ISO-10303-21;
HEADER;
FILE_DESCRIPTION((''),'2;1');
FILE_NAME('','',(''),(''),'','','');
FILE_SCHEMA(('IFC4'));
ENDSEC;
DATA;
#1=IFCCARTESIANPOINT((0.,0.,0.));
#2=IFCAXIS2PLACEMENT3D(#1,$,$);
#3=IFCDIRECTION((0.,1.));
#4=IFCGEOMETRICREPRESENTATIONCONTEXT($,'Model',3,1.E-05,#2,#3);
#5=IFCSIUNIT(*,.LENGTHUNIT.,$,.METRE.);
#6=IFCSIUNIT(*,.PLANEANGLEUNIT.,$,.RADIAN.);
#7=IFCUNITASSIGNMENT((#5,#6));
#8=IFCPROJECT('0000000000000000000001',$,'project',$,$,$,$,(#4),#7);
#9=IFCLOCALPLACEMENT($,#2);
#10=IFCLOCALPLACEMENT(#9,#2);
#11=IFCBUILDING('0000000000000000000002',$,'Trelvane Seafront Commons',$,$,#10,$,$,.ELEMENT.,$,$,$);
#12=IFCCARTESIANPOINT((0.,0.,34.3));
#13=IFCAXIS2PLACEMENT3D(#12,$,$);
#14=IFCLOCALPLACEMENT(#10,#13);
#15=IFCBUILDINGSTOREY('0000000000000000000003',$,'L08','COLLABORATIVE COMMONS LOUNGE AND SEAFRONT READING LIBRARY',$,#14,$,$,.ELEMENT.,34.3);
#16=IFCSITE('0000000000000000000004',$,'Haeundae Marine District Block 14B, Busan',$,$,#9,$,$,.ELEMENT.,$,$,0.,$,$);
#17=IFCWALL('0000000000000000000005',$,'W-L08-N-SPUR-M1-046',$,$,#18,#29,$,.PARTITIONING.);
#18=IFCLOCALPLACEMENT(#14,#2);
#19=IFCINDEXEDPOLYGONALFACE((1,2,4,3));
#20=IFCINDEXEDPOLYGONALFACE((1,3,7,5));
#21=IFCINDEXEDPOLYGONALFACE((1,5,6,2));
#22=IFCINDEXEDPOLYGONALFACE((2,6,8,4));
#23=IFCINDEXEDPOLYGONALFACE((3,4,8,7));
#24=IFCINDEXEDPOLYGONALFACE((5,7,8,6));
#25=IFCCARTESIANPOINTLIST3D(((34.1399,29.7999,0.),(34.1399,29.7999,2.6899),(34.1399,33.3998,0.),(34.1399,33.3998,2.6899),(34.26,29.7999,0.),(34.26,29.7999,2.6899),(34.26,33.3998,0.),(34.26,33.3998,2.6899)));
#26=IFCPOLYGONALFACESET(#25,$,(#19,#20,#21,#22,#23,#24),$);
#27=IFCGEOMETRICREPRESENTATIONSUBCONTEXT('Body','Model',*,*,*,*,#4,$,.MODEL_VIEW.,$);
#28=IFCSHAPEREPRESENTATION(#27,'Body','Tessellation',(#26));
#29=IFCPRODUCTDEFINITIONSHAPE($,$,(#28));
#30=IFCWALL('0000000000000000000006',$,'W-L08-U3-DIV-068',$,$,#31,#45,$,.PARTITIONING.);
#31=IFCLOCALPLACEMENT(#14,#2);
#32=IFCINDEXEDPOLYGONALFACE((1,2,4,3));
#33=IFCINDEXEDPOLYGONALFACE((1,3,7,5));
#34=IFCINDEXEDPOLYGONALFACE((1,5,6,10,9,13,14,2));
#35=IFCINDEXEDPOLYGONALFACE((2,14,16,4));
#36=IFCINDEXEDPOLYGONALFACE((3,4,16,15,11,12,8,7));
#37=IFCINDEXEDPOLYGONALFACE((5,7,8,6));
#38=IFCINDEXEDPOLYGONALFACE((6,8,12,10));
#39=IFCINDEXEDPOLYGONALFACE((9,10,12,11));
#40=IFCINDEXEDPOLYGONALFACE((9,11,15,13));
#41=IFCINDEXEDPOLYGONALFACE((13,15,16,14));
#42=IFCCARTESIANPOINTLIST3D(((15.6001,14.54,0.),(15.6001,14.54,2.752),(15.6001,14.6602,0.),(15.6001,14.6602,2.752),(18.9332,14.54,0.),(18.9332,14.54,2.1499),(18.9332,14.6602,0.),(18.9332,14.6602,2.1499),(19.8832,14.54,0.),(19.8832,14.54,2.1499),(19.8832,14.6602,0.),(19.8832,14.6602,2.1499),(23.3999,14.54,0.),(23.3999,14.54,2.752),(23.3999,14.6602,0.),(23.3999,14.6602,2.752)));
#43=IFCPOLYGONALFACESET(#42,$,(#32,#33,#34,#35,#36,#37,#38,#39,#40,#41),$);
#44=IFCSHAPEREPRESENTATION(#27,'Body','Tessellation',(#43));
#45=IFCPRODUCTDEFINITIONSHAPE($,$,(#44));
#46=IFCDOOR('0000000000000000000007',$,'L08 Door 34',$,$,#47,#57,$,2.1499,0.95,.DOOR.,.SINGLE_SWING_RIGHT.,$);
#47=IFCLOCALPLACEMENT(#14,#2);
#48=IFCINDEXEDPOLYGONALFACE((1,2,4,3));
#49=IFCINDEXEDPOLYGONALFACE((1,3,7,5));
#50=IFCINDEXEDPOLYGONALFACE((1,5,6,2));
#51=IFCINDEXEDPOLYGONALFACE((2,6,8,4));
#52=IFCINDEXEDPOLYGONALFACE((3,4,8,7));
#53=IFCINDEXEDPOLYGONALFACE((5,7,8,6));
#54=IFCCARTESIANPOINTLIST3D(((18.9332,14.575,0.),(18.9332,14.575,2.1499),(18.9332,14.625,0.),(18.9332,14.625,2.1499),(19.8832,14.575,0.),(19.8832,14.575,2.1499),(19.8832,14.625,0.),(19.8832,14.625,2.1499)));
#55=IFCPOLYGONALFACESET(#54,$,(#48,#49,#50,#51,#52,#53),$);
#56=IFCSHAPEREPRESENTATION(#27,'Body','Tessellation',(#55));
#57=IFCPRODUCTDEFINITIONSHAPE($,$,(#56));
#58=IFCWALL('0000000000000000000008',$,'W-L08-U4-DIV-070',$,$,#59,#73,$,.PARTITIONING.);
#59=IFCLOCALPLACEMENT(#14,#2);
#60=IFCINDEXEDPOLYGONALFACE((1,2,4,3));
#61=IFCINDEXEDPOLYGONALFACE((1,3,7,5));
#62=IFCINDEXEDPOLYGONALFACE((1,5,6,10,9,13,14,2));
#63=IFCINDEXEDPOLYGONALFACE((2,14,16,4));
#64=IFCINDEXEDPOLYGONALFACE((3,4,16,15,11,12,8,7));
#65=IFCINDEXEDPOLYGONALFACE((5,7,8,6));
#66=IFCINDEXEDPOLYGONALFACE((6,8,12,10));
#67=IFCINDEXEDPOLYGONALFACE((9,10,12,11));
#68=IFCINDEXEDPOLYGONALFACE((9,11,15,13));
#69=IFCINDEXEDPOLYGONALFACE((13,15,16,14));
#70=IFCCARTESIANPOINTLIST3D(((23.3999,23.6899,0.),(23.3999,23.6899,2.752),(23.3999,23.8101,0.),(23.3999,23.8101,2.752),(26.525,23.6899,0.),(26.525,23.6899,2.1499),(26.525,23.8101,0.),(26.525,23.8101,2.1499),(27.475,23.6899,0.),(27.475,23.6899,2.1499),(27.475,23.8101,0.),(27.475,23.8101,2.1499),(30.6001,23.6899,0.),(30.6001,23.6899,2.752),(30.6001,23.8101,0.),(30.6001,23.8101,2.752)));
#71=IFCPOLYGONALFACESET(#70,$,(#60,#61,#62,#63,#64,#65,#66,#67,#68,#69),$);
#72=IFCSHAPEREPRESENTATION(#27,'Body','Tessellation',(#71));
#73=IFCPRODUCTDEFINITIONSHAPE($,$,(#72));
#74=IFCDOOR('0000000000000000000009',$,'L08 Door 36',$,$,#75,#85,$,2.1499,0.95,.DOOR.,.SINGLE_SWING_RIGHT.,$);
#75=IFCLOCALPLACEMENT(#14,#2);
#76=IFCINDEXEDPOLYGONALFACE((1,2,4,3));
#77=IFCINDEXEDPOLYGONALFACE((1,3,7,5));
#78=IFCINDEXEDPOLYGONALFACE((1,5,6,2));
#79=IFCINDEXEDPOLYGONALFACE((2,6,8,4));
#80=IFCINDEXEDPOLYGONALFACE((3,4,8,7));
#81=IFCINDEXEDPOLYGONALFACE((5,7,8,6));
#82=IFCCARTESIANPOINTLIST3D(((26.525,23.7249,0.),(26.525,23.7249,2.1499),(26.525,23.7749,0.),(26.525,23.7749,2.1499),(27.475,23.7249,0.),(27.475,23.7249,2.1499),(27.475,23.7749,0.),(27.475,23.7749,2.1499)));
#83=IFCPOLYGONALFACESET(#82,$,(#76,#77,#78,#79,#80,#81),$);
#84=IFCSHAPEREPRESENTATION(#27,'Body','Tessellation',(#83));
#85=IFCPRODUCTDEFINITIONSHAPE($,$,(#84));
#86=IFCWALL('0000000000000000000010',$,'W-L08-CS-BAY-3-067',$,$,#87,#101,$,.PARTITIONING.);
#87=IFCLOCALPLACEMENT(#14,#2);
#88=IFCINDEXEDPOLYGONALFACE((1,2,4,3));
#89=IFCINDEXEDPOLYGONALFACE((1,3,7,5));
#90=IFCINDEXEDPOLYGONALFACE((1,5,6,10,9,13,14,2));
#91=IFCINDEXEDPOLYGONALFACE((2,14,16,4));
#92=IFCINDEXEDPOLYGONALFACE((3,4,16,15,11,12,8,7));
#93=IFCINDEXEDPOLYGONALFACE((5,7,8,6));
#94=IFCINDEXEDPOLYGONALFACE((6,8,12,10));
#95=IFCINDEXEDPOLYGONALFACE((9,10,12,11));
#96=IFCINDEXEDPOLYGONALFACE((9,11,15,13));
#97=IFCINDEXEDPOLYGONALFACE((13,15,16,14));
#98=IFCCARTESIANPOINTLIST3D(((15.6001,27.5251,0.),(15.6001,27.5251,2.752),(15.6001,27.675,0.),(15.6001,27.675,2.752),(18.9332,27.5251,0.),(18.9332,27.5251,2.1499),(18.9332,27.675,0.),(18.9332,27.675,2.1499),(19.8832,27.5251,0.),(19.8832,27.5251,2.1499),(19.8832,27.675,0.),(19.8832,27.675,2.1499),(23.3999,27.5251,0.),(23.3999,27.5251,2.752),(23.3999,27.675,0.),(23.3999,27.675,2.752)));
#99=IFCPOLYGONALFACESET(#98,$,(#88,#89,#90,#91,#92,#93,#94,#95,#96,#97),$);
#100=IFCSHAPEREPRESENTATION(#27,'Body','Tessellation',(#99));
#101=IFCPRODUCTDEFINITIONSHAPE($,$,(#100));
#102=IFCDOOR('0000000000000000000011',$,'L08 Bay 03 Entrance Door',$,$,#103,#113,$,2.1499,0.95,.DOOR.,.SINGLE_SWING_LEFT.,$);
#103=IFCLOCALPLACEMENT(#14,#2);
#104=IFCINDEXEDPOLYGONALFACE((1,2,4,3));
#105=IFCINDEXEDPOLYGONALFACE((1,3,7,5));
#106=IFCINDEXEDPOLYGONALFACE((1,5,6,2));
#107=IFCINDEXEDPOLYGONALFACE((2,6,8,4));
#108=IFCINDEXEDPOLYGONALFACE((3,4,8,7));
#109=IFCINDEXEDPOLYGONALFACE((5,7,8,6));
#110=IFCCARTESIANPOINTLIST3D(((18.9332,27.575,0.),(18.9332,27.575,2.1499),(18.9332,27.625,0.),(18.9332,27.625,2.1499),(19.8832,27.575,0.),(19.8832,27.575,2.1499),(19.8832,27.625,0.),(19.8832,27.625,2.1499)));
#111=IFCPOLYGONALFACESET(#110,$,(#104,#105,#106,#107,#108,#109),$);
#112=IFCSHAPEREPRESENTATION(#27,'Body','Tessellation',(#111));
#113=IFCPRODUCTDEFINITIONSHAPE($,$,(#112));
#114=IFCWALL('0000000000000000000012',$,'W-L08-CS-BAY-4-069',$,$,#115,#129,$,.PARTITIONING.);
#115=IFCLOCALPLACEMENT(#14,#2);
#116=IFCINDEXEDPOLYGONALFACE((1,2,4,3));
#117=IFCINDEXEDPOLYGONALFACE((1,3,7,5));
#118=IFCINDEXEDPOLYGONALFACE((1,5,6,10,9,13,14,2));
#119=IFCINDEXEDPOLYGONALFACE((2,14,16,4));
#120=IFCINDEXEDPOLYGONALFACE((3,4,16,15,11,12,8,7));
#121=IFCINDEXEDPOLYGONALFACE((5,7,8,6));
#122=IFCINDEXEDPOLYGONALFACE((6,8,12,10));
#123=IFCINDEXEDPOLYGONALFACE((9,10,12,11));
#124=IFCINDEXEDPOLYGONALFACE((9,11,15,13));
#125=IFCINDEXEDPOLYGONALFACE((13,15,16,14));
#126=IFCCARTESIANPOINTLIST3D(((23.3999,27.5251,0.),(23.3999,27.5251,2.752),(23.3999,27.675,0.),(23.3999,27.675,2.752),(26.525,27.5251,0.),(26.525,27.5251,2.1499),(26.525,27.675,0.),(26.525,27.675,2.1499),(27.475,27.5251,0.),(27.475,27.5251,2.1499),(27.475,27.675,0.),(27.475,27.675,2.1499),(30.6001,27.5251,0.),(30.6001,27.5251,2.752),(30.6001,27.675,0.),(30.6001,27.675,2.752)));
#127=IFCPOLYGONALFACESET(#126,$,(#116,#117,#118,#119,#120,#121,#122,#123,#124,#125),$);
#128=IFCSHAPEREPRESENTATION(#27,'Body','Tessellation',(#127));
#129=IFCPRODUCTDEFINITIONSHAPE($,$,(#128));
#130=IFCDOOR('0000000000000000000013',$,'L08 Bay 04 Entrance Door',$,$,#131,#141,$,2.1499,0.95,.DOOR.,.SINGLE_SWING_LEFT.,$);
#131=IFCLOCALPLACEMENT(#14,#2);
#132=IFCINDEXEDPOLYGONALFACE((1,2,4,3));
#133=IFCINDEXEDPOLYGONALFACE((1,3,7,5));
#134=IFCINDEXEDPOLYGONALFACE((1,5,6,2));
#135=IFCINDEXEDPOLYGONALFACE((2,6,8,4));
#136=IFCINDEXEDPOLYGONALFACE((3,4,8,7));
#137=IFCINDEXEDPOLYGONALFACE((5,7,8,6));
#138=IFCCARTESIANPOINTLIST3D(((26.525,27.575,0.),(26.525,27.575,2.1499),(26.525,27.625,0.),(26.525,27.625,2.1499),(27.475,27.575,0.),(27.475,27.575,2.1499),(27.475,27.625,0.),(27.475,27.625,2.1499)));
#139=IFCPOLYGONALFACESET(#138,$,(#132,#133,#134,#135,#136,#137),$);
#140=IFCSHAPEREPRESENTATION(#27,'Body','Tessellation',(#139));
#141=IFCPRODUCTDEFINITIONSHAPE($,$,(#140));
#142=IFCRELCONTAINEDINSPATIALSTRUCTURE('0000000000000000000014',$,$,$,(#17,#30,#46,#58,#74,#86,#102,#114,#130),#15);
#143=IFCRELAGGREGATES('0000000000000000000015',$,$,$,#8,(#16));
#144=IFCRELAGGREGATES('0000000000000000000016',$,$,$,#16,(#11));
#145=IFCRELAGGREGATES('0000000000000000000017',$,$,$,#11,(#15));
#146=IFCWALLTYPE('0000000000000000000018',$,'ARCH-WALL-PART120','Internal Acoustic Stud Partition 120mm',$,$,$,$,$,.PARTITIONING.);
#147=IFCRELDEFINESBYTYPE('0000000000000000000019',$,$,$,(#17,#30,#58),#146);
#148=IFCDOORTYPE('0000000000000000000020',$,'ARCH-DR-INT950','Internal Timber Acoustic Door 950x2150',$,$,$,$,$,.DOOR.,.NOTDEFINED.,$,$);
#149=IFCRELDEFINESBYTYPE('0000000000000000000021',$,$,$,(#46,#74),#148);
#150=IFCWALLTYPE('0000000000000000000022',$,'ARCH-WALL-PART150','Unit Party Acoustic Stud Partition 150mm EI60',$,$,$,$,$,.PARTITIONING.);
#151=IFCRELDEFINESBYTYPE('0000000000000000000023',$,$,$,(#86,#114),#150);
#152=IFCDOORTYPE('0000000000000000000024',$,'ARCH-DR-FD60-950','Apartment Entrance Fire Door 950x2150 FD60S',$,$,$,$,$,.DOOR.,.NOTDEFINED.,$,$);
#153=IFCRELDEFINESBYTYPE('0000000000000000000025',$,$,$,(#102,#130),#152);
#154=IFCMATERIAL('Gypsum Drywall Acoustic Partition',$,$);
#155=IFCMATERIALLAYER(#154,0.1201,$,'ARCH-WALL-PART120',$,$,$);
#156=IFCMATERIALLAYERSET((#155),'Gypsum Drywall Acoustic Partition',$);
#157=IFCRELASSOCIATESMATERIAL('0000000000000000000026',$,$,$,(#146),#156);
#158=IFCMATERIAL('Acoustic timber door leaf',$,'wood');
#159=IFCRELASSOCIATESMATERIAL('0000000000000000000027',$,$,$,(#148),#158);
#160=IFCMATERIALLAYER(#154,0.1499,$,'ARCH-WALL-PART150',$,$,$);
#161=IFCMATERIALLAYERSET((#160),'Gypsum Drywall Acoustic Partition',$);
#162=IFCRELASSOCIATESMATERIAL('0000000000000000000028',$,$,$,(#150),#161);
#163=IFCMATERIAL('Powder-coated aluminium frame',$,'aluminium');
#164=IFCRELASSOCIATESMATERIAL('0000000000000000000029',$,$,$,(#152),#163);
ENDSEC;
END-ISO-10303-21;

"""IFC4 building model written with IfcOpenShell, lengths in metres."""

from ifc_helpers import new_model, si_unit, direction, frame, frame_2d, origin, place, context, subcontext, project, spatial, rectangle, extrude, source, transform, mapped, material, layer, layer_set, type_object, element, fill, save


model = new_model("IFC4")

# Units and contexts
model_context = context("Model", 3, precision=1e-05, world=origin(), true_north=direction((0.0, 1.0)))
body_context = subcontext(model_context, "Body", "Model", "MODEL_VIEW")
ifc_project = project(units=[si_unit("LENGTHUNIT", "METRE"), si_unit("PLANEANGLEUNIT", "RADIAN")], contexts=[model_context])

# Site, building, storey
site_placement = place(None, origin())
site = spatial("IfcSite", under=ifc_project, at=site_placement, Name="Haeundae Marine District Block 14B, Busan", CompositionType="ELEMENT", RefElevation=0.0)
building_placement = place(site_placement, origin())
building = spatial("IfcBuilding", under=site, at=building_placement, Name="Trelvane Seafront Commons", CompositionType="ELEMENT")
storey_placement = place(building_placement, frame((0.0, 0.0, 34.3)))
storey = spatial("IfcBuildingStorey", under=building, at=storey_placement, Name="L08", Description="COLLABORATIVE COMMONS LOUNGE AND SEAFRONT READING LIBRARY", CompositionType="ELEMENT", Elevation=34.3)

# Shared definitions
ifc_material_1 = material(Name="Gypsum Drywall Acoustic Partition")
ifc_layer_1 = layer(ifc_material_1, 0.1201, Name="ARCH-WALL-PART120")
ifc_layer_set_1 = layer_set([ifc_layer_1], Name="Gypsum Drywall Acoustic Partition")
wall_type_1 = type_object("IfcWallType", Name="ARCH-WALL-PART120", Description="Internal Acoustic Stud Partition 120mm", PredefinedType="PARTITIONING", material=ifc_layer_set_1)
ifc_material_2 = material(Name="Acoustic timber door leaf", Category="wood")
door_type_1 = type_object("IfcDoorType", Name="ARCH-DR-INT950", Description="Internal Timber Acoustic Door 950x2150", OperationType="NOTDEFINED", PredefinedType="DOOR", material=ifc_material_2)
shared_shape_1 = source(origin(), body_context, "Body", "SweptSolid", [
    extrude(rectangle(XDim=0.95, YDim=2.1499, at=frame_2d((0.4751, 1.075))), frame((0.0, 0.0249, 0.0), z_axis=(0.0, -1.0, 0.0), x_axis=(1.0, 0.0, 0.0)), (0.0, 0.0, 1.0), 0.05),
])

# Wall
for number, where, z_axis, x_axis, name in (
    (1, (34.2, 29.8, 0.0), (0.0, 0.0, 1.0), (0.0, 1.0, 0.0), "W-L08-N-SPUR-M1-046"),
):
    element("IfcWall", number, at=place(storey_placement, frame(where, z_axis=z_axis, x_axis=x_axis)), inside=storey, type_object=wall_type_1, Name=name, PredefinedType="PARTITIONING", context=body_context, shape_type="SweptSolid", body=[
        extrude(rectangle(XDim=3.5999, YDim=0.1201, at=frame_2d((1.7998, 0.0))), origin(), (0.0, 0.0, 1.0), 2.6899),
    ])

# Walls, openings, doors
wall_1_placement = place(storey_placement, frame((15.6001, 14.6001, 0.0), z_axis=(0.0, 0.0, 1.0), x_axis=(1.0, 0.0, 0.0)))
wall_1 = element("IfcWall", 2, at=wall_1_placement, inside=storey, type_object=wall_type_1, Name="W-L08-U3-DIV-068", PredefinedType="PARTITIONING", context=body_context, shape_type="SweptSolid", body=[
    extrude(rectangle(XDim=7.7998, YDim=0.1201, at=frame_2d((3.8999, 0.0))), origin(), (0.0, 0.0, 1.0), 2.752),
])
opening_1_placement = place(wall_1_placement, frame((3.333, 0.0, 0.0)))
opening_1 = element("IfcOpeningElement", 3, at=opening_1_placement, cuts=wall_1, PredefinedType="OPENING", context=body_context, shape_type="SweptSolid", body=[
    extrude(rectangle(XDim=0.95, YDim=2.1499, at=frame_2d((0.4751, 1.075))), frame((0.0, 0.0701, 0.0), z_axis=(0.0, -1.0, 0.0), x_axis=(1.0, 0.0, 0.0)), (0.0, 0.0, 1.0), 0.1401),
])
door_1_placement = place(opening_1_placement, origin())
door_1 = element("IfcDoor", 4, at=door_1_placement, inside=storey, type_object=door_type_1, Name="L08 Door 34", OperationType="SINGLE_SWING_RIGHT", OverallHeight=2.1499, OverallWidth=0.95, PredefinedType="DOOR", context=body_context, shape_type="MappedRepresentation", body=[
    mapped(shared_shape_1, transform((0.0, 0.0, 0.0), x_axis=(1.0, 0.0, 0.0), y_axis=(0.0, 1.0, 0.0), z_axis=(0.0, 0.0, 1.0), scale=1.0)),
])
fill(opening_1, door_1)
wall_2_placement = place(storey_placement, frame((23.3999, 23.75, 0.0), z_axis=(0.0, 0.0, 1.0), x_axis=(1.0, 0.0, 0.0)))
wall_2 = element("IfcWall", 5, at=wall_2_placement, inside=storey, type_object=wall_type_1, Name="W-L08-U4-DIV-070", PredefinedType="PARTITIONING", context=body_context, shape_type="SweptSolid", body=[
    extrude(rectangle(XDim=7.2002, YDim=0.1201, at=frame_2d((3.6001, 0.0))), origin(), (0.0, 0.0, 1.0), 2.752),
])
opening_2_placement = place(wall_2_placement, frame((3.125, 0.0, 0.0)))
opening_2 = element("IfcOpeningElement", 6, at=opening_2_placement, cuts=wall_2, PredefinedType="OPENING", context=body_context, shape_type="SweptSolid", body=[
    extrude(rectangle(XDim=0.95, YDim=2.1499, at=frame_2d((0.4751, 1.075))), frame((0.0, 0.0701, 0.0), z_axis=(0.0, -1.0, 0.0), x_axis=(1.0, 0.0, 0.0)), (0.0, 0.0, 1.0), 0.1401),
])
door_2_placement = place(opening_2_placement, origin())
door_2 = element("IfcDoor", 7, at=door_2_placement, inside=storey, type_object=door_type_1, Name="L08 Door 36", OperationType="SINGLE_SWING_RIGHT", OverallHeight=2.1499, OverallWidth=0.95, PredefinedType="DOOR", context=body_context, shape_type="MappedRepresentation", body=[
    mapped(shared_shape_1, transform((0.0, 0.0, 0.0), x_axis=(1.0, 0.0, 0.0), y_axis=(0.0, 1.0, 0.0), z_axis=(0.0, 0.0, 1.0), scale=1.0)),
])
fill(opening_2, door_2)
ifc_layer_2 = layer(ifc_material_1, 0.1499, Name="ARCH-WALL-PART150")
ifc_layer_set_2 = layer_set([ifc_layer_2], Name="Gypsum Drywall Acoustic Partition")
wall_type_2 = type_object("IfcWallType", Name="ARCH-WALL-PART150", Description="Unit Party Acoustic Stud Partition 150mm EI60", PredefinedType="PARTITIONING", material=ifc_layer_set_2)
wall_3_placement = place(storey_placement, frame((15.6001, 27.6001, 0.0), z_axis=(0.0, 0.0, 1.0), x_axis=(1.0, 0.0, 0.0)))
wall_3 = element("IfcWall", 8, at=wall_3_placement, inside=storey, type_object=wall_type_2, Name="W-L08-CS-BAY-3-067", PredefinedType="PARTITIONING", context=body_context, shape_type="SweptSolid", body=[
    extrude(rectangle(XDim=7.7998, YDim=0.1499, at=frame_2d((3.8999, 0.0))), origin(), (0.0, 0.0, 1.0), 2.752),
])
opening_3_placement = place(wall_3_placement, frame((3.333, 0.0, 0.0)))
opening_3 = element("IfcOpeningElement", 9, at=opening_3_placement, cuts=wall_3, PredefinedType="OPENING", context=body_context, shape_type="SweptSolid", body=[
    extrude(rectangle(XDim=0.95, YDim=2.1499, at=frame_2d((0.4751, 1.075))), frame((0.0, 0.085, 0.0), z_axis=(0.0, -1.0, 0.0), x_axis=(1.0, 0.0, 0.0)), (0.0, 0.0, 1.0), 0.1699),
])
ifc_material_3 = material(Name="Powder-coated aluminium frame", Category="aluminium")
door_type_2 = type_object("IfcDoorType", Name="ARCH-DR-FD60-950", Description="Apartment Entrance Fire Door 950x2150 FD60S", OperationType="NOTDEFINED", PredefinedType="DOOR", material=ifc_material_3)
door_3_placement = place(opening_3_placement, origin())
door_3 = element("IfcDoor", 10, at=door_3_placement, inside=storey, type_object=door_type_2, Name="L08 Bay 03 Entrance Door", OperationType="SINGLE_SWING_LEFT", OverallHeight=2.1499, OverallWidth=0.95, PredefinedType="DOOR", context=body_context, shape_type="MappedRepresentation", body=[
    mapped(shared_shape_1, transform((0.0, 0.0, 0.0), x_axis=(1.0, 0.0, 0.0), y_axis=(0.0, 1.0, 0.0), z_axis=(0.0, 0.0, 1.0), scale=1.0)),
])
fill(opening_3, door_3)
wall_4_placement = place(storey_placement, frame((23.3999, 27.6001, 0.0), z_axis=(0.0, 0.0, 1.0), x_axis=(1.0, 0.0, 0.0)))
wall_4 = element("IfcWall", 11, at=wall_4_placement, inside=storey, type_object=wall_type_2, Name="W-L08-CS-BAY-4-069", PredefinedType="PARTITIONING", context=body_context, shape_type="SweptSolid", body=[
    extrude(rectangle(XDim=7.2002, YDim=0.1499, at=frame_2d((3.6001, 0.0))), origin(), (0.0, 0.0, 1.0), 2.752),
])
opening_4_placement = place(wall_4_placement, frame((3.125, 0.0, 0.0)))
opening_4 = element("IfcOpeningElement", 12, at=opening_4_placement, cuts=wall_4, PredefinedType="OPENING", context=body_context, shape_type="SweptSolid", body=[
    extrude(rectangle(XDim=0.95, YDim=2.1499, at=frame_2d((0.4751, 1.075))), frame((0.0, 0.085, 0.0), z_axis=(0.0, -1.0, 0.0), x_axis=(1.0, 0.0, 0.0)), (0.0, 0.0, 1.0), 0.1699),
])
door_4_placement = place(opening_4_placement, origin())
door_4 = element("IfcDoor", 13, at=door_4_placement, inside=storey, type_object=door_type_2, Name="L08 Bay 04 Entrance Door", OperationType="SINGLE_SWING_LEFT", OverallHeight=2.1499, OverallWidth=0.95, PredefinedType="DOOR", context=body_context, shape_type="MappedRepresentation", body=[
    mapped(shared_shape_1, transform((0.0, 0.0, 0.0), x_axis=(1.0, 0.0, 0.0), y_axis=(0.0, 1.0, 0.0), z_axis=(0.0, 0.0, 1.0), scale=1.0)),
])
fill(opening_4, door_4)

save(model, "model.ifc")
